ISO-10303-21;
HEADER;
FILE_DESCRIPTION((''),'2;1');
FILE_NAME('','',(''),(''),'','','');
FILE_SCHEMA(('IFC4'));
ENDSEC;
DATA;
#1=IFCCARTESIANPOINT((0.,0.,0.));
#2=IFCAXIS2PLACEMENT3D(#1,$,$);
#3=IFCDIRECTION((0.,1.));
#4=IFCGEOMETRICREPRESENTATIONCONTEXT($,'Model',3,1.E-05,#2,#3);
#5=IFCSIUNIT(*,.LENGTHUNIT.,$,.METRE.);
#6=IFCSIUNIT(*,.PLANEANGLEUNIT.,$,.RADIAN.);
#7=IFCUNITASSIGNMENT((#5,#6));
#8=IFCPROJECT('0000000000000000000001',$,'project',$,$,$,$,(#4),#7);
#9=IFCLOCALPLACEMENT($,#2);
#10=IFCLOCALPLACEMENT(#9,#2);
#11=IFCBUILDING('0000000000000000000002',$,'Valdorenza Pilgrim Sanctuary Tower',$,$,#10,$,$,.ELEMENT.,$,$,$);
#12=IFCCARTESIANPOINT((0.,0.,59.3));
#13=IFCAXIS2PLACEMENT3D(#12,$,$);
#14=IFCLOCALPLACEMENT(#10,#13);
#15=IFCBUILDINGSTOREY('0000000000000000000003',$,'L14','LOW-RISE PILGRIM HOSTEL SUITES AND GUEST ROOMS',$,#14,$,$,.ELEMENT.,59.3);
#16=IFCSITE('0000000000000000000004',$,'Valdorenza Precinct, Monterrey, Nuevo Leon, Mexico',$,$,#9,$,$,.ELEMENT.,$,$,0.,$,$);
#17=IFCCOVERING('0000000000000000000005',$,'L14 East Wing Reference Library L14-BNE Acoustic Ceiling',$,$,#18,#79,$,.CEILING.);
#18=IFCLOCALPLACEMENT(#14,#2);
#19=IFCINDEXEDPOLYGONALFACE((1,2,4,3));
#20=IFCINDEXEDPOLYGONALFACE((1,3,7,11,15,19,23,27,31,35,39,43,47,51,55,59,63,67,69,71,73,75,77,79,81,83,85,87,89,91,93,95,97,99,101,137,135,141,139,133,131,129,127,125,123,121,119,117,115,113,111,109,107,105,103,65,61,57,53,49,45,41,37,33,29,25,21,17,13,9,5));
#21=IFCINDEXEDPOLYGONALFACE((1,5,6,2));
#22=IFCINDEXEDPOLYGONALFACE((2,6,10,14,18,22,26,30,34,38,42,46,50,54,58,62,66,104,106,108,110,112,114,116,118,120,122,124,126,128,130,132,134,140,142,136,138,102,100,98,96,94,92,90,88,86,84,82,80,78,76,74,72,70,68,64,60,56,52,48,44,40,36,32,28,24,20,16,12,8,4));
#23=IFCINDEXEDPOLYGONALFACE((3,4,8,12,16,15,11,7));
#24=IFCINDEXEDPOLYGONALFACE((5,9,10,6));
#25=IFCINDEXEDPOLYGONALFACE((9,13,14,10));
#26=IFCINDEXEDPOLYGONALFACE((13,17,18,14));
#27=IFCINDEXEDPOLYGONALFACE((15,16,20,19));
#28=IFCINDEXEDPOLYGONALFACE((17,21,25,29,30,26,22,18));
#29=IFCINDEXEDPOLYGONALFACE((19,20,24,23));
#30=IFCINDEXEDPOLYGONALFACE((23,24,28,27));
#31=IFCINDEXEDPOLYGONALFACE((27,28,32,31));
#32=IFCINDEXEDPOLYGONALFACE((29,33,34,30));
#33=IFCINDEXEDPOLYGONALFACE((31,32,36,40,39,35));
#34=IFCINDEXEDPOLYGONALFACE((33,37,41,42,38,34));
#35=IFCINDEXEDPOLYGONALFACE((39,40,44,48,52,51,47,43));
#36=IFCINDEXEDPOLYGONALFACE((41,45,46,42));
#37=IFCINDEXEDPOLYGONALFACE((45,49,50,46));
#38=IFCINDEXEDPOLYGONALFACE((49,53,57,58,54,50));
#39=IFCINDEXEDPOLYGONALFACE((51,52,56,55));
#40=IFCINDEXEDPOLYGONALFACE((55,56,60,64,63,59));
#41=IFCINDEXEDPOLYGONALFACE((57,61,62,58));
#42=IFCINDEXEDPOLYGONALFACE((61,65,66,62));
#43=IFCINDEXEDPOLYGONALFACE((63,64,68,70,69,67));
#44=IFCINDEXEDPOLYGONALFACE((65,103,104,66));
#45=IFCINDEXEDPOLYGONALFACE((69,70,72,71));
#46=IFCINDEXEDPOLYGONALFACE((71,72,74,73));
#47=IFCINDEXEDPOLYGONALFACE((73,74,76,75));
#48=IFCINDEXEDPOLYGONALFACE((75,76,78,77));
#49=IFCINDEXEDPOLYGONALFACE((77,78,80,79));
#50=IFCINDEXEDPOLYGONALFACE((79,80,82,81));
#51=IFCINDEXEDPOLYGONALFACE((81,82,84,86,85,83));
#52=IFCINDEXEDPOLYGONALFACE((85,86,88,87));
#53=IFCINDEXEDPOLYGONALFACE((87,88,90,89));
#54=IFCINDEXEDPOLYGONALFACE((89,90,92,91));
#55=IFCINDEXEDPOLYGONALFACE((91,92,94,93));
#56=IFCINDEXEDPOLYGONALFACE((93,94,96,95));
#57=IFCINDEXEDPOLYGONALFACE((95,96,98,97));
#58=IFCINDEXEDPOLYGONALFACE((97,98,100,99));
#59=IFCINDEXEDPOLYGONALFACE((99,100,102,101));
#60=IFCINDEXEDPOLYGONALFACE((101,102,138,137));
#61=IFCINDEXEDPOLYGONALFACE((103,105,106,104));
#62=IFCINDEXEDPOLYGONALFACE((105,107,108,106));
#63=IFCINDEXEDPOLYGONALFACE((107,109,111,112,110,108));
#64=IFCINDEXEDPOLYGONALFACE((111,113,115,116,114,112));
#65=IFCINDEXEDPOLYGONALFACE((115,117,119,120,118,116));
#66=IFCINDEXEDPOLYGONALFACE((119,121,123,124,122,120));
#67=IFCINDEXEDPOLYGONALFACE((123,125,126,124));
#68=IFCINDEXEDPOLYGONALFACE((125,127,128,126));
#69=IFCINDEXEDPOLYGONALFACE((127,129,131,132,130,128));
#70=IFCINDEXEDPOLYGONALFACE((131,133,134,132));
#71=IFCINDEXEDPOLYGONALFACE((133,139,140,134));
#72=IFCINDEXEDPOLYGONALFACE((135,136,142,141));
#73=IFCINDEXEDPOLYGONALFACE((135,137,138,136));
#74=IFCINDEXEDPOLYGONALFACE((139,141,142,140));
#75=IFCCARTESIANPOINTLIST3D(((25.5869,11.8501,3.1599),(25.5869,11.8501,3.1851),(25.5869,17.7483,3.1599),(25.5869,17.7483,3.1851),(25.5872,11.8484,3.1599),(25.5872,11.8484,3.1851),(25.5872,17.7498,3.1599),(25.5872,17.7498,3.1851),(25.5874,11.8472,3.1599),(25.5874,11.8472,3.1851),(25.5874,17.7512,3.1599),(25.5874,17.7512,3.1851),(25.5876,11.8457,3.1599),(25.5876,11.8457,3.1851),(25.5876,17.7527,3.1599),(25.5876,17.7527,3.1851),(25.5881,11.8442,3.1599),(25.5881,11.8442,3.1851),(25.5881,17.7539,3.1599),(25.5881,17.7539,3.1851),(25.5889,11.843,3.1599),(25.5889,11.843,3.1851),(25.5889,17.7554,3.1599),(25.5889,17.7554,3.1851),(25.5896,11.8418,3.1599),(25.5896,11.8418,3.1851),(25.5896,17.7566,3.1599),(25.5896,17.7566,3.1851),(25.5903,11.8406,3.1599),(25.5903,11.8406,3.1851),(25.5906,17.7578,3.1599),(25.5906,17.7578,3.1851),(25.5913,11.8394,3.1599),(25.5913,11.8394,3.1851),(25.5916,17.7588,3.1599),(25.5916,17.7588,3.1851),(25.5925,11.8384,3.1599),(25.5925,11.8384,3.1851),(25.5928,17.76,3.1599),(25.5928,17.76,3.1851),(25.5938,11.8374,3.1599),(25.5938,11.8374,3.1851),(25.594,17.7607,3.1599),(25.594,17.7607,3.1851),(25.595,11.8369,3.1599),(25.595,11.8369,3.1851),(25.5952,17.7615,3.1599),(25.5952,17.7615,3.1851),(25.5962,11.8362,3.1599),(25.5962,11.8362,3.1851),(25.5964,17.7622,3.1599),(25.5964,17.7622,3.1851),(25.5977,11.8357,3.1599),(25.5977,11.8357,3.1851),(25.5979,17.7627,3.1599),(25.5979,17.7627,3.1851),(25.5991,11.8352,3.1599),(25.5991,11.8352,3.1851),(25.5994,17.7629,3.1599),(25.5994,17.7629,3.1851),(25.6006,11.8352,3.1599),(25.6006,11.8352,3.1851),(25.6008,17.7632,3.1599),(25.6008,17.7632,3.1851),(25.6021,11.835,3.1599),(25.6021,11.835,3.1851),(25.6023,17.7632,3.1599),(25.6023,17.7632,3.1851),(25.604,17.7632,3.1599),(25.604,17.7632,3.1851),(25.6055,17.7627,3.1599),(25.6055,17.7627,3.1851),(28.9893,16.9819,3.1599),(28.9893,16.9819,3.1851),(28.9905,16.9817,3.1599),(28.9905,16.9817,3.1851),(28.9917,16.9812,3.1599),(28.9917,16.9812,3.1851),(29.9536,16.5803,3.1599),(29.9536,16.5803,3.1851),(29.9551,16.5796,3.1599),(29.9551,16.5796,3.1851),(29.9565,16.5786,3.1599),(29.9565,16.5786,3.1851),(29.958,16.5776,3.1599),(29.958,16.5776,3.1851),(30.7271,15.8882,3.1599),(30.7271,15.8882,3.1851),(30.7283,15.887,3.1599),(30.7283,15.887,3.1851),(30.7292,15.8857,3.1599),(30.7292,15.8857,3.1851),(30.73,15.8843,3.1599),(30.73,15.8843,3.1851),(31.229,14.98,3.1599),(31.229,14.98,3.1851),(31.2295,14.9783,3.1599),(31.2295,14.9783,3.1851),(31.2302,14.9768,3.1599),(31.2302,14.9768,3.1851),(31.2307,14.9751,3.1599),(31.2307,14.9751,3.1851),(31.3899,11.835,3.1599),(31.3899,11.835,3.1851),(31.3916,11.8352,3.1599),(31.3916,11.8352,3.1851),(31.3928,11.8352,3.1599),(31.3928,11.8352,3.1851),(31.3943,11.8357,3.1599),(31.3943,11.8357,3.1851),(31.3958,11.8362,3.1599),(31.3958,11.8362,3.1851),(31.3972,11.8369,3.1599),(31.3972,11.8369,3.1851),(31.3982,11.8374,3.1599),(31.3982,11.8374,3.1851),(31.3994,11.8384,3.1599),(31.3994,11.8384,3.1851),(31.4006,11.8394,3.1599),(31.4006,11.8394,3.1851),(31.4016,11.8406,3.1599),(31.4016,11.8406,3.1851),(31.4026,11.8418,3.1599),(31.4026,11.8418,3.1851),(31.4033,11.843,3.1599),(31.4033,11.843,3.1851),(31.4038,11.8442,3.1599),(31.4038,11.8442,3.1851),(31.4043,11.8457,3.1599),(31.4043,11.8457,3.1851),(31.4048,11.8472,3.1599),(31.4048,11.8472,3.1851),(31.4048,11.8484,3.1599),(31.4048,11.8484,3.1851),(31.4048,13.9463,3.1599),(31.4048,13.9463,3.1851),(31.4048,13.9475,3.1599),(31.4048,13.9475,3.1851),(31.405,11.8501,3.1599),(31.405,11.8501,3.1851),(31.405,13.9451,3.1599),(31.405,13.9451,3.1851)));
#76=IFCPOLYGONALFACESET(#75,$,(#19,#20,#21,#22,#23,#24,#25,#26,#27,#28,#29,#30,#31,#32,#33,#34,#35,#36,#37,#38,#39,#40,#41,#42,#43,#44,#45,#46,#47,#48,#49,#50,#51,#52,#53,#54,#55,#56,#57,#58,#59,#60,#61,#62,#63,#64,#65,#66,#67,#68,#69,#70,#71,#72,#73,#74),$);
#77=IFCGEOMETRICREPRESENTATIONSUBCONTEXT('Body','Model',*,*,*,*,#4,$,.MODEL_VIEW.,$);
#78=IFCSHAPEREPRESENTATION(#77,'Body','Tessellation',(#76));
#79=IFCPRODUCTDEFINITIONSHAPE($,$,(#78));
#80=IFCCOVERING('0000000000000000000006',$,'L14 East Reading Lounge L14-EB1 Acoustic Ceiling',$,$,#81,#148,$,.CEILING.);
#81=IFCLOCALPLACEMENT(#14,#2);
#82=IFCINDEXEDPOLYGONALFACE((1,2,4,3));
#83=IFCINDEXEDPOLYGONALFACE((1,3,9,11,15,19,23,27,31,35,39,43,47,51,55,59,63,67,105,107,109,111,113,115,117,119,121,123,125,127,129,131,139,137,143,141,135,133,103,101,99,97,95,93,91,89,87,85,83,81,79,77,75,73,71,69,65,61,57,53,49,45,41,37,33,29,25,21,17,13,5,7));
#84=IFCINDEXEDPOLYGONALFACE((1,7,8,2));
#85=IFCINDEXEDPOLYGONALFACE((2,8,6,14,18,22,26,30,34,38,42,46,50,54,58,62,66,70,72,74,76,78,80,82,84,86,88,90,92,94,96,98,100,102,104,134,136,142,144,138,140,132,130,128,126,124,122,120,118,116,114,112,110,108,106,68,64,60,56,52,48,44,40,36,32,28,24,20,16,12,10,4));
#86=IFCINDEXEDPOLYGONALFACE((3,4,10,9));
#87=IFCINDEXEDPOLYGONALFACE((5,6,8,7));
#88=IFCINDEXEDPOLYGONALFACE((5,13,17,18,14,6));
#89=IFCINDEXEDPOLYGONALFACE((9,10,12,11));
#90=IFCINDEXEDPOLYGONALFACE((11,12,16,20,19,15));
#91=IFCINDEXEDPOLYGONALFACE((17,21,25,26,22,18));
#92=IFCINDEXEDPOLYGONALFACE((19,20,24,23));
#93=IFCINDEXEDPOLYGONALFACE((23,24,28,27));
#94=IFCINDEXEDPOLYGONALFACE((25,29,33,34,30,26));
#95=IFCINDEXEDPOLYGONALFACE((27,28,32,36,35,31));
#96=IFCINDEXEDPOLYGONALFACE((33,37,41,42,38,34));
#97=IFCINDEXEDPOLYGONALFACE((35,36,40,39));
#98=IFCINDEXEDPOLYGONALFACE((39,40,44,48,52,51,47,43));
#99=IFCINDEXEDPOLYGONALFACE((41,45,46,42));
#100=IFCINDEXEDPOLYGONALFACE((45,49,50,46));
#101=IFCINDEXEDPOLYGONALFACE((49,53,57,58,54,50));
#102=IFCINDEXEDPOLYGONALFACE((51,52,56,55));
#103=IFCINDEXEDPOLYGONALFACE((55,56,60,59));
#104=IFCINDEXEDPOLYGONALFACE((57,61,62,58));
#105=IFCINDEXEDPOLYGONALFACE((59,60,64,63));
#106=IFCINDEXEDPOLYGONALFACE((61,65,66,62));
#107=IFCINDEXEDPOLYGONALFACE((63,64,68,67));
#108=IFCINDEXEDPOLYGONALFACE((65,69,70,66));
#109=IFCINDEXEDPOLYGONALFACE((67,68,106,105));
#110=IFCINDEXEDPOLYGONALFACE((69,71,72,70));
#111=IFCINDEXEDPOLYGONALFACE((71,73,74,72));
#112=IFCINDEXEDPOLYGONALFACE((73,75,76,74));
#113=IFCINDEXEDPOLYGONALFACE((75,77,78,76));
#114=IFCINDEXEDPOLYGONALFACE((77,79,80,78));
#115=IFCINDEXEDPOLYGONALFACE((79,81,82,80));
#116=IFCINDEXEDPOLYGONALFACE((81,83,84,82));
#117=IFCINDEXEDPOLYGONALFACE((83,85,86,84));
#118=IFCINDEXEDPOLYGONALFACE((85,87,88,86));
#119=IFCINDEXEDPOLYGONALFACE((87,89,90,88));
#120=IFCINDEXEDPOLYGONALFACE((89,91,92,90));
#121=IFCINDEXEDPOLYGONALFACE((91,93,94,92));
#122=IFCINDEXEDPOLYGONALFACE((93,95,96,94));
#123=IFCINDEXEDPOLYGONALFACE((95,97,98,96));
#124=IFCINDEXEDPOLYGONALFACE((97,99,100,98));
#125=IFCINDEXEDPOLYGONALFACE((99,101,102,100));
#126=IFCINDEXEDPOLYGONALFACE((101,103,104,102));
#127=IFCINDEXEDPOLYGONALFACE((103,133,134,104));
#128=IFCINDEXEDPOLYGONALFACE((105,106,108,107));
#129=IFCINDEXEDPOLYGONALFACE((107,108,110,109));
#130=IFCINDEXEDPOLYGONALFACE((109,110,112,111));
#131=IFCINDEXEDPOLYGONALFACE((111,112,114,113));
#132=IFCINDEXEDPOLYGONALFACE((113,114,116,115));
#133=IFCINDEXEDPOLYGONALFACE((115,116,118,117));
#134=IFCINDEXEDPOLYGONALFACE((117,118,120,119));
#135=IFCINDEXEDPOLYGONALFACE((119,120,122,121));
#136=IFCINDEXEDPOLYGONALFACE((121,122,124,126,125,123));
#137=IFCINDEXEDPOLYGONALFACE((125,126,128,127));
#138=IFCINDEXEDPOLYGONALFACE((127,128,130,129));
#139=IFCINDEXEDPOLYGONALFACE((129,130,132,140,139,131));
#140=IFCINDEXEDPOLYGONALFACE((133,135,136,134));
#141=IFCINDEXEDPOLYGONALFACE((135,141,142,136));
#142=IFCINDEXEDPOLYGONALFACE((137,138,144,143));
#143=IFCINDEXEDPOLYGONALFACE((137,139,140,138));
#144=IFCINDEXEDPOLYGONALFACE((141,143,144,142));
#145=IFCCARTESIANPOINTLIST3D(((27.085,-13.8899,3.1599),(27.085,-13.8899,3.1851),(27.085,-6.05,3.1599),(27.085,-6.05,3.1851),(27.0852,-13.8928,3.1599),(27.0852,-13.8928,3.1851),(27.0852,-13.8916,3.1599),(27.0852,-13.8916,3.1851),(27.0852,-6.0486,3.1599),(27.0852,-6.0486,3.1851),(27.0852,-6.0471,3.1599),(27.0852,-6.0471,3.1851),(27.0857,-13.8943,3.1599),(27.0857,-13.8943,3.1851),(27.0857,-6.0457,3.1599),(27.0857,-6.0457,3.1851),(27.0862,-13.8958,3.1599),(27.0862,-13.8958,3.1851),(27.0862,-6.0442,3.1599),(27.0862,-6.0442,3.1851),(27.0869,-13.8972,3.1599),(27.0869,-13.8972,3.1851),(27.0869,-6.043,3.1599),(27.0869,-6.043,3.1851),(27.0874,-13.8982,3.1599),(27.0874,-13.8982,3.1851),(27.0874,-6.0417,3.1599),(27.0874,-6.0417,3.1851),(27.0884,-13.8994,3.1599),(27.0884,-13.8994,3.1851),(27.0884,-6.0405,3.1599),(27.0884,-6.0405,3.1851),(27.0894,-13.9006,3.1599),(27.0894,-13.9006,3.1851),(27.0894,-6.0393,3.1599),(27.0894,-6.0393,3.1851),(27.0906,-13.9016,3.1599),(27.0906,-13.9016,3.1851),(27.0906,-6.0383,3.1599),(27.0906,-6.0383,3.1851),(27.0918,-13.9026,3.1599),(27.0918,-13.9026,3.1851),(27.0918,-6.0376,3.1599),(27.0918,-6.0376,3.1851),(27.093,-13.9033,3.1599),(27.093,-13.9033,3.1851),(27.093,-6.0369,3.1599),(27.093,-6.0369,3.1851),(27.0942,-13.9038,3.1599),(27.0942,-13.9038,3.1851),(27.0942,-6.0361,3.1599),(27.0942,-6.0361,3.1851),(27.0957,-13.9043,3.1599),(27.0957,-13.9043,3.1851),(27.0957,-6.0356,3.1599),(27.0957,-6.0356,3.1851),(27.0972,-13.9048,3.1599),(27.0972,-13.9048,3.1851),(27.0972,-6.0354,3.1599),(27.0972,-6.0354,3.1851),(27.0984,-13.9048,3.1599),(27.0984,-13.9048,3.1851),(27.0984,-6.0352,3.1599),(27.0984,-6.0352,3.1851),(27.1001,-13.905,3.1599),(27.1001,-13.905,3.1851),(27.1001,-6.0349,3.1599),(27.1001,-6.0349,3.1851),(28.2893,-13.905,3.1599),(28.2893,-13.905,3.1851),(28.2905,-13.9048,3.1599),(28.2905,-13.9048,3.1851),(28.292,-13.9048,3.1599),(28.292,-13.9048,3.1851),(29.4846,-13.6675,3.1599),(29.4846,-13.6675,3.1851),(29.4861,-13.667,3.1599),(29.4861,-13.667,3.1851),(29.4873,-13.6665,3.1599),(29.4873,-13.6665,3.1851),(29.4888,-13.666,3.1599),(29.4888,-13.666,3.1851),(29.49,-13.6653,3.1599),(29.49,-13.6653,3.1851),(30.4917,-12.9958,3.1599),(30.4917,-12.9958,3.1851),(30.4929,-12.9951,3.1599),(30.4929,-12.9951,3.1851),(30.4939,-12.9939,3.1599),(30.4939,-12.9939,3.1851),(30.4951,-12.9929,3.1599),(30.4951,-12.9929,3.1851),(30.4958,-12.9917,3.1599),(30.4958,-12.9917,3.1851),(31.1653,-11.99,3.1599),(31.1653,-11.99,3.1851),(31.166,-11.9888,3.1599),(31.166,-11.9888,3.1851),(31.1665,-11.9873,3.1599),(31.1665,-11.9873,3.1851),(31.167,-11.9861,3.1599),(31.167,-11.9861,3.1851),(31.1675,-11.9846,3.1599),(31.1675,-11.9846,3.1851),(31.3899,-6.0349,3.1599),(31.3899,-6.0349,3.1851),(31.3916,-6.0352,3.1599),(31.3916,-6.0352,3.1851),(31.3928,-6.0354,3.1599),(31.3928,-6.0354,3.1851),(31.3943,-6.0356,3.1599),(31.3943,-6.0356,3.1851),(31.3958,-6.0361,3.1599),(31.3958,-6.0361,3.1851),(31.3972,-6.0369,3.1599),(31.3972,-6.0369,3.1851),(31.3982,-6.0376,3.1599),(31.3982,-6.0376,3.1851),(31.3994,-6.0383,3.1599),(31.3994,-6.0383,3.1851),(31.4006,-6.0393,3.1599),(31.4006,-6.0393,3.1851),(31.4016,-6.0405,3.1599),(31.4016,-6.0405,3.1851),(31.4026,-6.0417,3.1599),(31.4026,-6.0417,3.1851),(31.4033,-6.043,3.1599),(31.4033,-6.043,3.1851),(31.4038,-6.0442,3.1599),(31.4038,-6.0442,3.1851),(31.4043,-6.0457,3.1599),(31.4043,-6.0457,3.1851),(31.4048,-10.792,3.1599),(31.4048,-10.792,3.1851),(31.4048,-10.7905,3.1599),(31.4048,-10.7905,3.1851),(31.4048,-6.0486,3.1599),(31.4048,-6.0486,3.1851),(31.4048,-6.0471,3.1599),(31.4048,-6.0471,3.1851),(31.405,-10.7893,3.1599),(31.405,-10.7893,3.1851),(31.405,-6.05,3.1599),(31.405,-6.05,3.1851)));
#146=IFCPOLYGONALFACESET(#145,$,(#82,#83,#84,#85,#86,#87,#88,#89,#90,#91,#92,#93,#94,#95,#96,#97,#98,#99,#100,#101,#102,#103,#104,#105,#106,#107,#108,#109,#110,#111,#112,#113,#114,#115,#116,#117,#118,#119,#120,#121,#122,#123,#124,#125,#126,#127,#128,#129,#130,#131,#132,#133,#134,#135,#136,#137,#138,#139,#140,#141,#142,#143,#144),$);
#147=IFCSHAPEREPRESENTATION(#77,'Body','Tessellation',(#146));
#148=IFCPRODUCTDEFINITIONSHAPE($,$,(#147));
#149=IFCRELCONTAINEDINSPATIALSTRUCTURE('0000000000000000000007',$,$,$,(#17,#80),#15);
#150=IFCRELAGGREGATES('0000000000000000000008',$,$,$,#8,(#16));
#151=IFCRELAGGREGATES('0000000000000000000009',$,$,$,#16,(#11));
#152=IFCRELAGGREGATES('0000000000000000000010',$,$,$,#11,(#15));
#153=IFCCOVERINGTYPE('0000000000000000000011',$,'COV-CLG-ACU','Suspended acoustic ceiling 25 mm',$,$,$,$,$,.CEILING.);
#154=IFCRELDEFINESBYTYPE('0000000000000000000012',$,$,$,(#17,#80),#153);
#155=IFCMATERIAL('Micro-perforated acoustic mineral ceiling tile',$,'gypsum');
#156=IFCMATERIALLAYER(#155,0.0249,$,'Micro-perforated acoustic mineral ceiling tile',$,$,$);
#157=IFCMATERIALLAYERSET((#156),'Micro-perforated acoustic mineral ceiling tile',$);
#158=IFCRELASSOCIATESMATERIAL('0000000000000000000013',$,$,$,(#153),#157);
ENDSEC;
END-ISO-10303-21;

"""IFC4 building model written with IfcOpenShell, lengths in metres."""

from ifc_helpers import new_model, si_unit, direction, frame, origin, place, context, subcontext, project, spatial, polyline, outline, extrude, material, layer, layer_set, type_object, element, save


model = new_model("IFC4")

# Units and contexts
model_context = context("Model", 3, precision=1e-05, world=origin(), true_north=direction((0.0, 1.0)))
body_context = subcontext(model_context, "Body", "Model", "MODEL_VIEW")
ifc_project = project(units=[si_unit("LENGTHUNIT", "METRE"), si_unit("PLANEANGLEUNIT", "RADIAN")], contexts=[model_context])

# Site, building, storey
site_placement = place(None, origin())
site = spatial("IfcSite", under=ifc_project, at=site_placement, Name="Valdorenza Precinct, Monterrey, Nuevo Leon, Mexico", CompositionType="ELEMENT", RefElevation=0.0)
building_placement = place(site_placement, origin())
building = spatial("IfcBuilding", under=site, at=building_placement, Name="Valdorenza Pilgrim Sanctuary Tower", CompositionType="ELEMENT")
storey_placement = place(building_placement, frame((0.0, 0.0, 59.3)))
storey = spatial("IfcBuildingStorey", under=building, at=storey_placement, Name="L14", Description="LOW-RISE PILGRIM HOSTEL SUITES AND GUEST ROOMS", CompositionType="ELEMENT", Elevation=59.3)

# Coverings
ifc_material_1 = material(Name="Micro-perforated acoustic mineral ceiling tile", Category="gypsum")
ifc_layer_1 = layer(ifc_material_1, 0.0249, Name="Micro-perforated acoustic mineral ceiling tile")
ifc_layer_set_1 = layer_set([ifc_layer_1], Name="Micro-perforated acoustic mineral ceiling tile")
covering_type_1 = type_object("IfcCoveringType", Name="COV-CLG-ACU", Description="Suspended acoustic ceiling 25 mm", PredefinedType="CEILING", material=ifc_layer_set_1)
covering_1_placement = place(storey_placement, frame((0.0, 0.0, 3.1599)))
element("IfcCovering", 1, at=covering_1_placement, inside=storey, type_object=covering_type_1, Name="L14 East Wing Reference Library L14-BNE Acoustic Ceiling", PredefinedType="CEILING", context=body_context, shape_type="SweptSolid", body=[
    extrude(outline(polyline([(28.9893, 16.9819), (28.9905, 16.9817), (28.9917, 16.9812), (29.9536, 16.5803), (29.9551, 16.5796), (29.9565, 16.5786), (29.958, 16.5776), (30.7271, 15.8882), (30.7283, 15.887), (30.7292, 15.8857), (30.73, 15.8843), (31.229, 14.98), (31.2295, 14.9783), (31.2302, 14.9768), (31.2307, 14.9751), (31.4048, 13.9475), (31.4048, 13.9463), (31.405, 13.9451), (31.405, 11.8501), (31.4048, 11.8484), (31.4048, 11.8472), (31.4043, 11.8457), (31.4038, 11.8442), (31.4033, 11.843), (31.4026, 11.8418), (31.4016, 11.8406), (31.4006, 11.8394), (31.3994, 11.8384), (31.3982, 11.8374), (31.3972, 11.8369), (31.3958, 11.8362), (31.3943, 11.8357), (31.3928, 11.8352), (31.3916, 11.8352), (31.3899, 11.835), (25.6021, 11.835), (25.6006, 11.8352), (25.5991, 11.8352), (25.5977, 11.8357), (25.5962, 11.8362), (25.595, 11.8369), (25.5938, 11.8374), (25.5925, 11.8384), (25.5913, 11.8394), (25.5903, 11.8406), (25.5896, 11.8418), (25.5889, 11.843), (25.5881, 11.8442), (25.5876, 11.8457), (25.5874, 11.8472), (25.5872, 11.8484), (25.5869, 11.8501), (25.5869, 17.7483), (25.5872, 17.7498), (25.5874, 17.7512), (25.5876, 17.7527), (25.5881, 17.7539), (25.5889, 17.7554), (25.5896, 17.7566), (25.5906, 17.7578), (25.5916, 17.7588), (25.5928, 17.76), (25.594, 17.7607), (25.5952, 17.7615), (25.5964, 17.7622), (25.5979, 17.7627), (25.5994, 17.7629), (25.6008, 17.7632), (25.6023, 17.7632), (25.604, 17.7632), (25.6055, 17.7627), (28.9893, 16.9819)])), origin(), (0.0, 0.0, 1.0), 0.0251),
])
covering_2_placement = place(storey_placement, frame((0.0, 0.0, 3.1599)))
element("IfcCovering", 2, at=covering_2_placement, inside=storey, type_object=covering_type_1, Name="L14 East Reading Lounge L14-EB1 Acoustic Ceiling", PredefinedType="CEILING", context=body_context, shape_type="SweptSolid", body=[
    extrude(outline(polyline([(31.3899, -6.0349), (31.3916, -6.0352), (31.3928, -6.0354), (31.3943, -6.0356), (31.3958, -6.0361), (31.3972, -6.0369), (31.3982, -6.0376), (31.3994, -6.0383), (31.4006, -6.0393), (31.4016, -6.0405), (31.4026, -6.0417), (31.4033, -6.043), (31.4038, -6.0442), (31.4043, -6.0457), (31.4048, -6.0471), (31.4048, -6.0486), (31.405, -6.05), (31.405, -10.7893), (31.4048, -10.7905), (31.4048, -10.792), (31.1675, -11.9846), (31.167, -11.9861), (31.1665, -11.9873), (31.166, -11.9888), (31.1653, -11.99), (30.4958, -12.9917), (30.4951, -12.9929), (30.4939, -12.9939), (30.4929, -12.9951), (30.4917, -12.9958), (29.49, -13.6653), (29.4888, -13.666), (29.4873, -13.6665), (29.4861, -13.667), (29.4846, -13.6675), (28.292, -13.9048), (28.2905, -13.9048), (28.2893, -13.905), (27.1001, -13.905), (27.0984, -13.9048), (27.0972, -13.9048), (27.0957, -13.9043), (27.0942, -13.9038), (27.093, -13.9033), (27.0918, -13.9026), (27.0906, -13.9016), (27.0894, -13.9006), (27.0884, -13.8994), (27.0874, -13.8982), (27.0869, -13.8972), (27.0862, -13.8958), (27.0857, -13.8943), (27.0852, -13.8928), (27.0852, -13.8916), (27.085, -13.8899), (27.085, -6.05), (27.0852, -6.0486), (27.0852, -6.0471), (27.0857, -6.0457), (27.0862, -6.0442), (27.0869, -6.043), (27.0874, -6.0417), (27.0884, -6.0405), (27.0894, -6.0393), (27.0906, -6.0383), (27.0918, -6.0376), (27.093, -6.0369), (27.0942, -6.0361), (27.0957, -6.0356), (27.0972, -6.0354), (27.0984, -6.0352), (27.1001, -6.0349), (31.3899, -6.0349)])), origin(), (0.0, 0.0, 1.0), 0.0251),
])

save(model, "model.ifc")
